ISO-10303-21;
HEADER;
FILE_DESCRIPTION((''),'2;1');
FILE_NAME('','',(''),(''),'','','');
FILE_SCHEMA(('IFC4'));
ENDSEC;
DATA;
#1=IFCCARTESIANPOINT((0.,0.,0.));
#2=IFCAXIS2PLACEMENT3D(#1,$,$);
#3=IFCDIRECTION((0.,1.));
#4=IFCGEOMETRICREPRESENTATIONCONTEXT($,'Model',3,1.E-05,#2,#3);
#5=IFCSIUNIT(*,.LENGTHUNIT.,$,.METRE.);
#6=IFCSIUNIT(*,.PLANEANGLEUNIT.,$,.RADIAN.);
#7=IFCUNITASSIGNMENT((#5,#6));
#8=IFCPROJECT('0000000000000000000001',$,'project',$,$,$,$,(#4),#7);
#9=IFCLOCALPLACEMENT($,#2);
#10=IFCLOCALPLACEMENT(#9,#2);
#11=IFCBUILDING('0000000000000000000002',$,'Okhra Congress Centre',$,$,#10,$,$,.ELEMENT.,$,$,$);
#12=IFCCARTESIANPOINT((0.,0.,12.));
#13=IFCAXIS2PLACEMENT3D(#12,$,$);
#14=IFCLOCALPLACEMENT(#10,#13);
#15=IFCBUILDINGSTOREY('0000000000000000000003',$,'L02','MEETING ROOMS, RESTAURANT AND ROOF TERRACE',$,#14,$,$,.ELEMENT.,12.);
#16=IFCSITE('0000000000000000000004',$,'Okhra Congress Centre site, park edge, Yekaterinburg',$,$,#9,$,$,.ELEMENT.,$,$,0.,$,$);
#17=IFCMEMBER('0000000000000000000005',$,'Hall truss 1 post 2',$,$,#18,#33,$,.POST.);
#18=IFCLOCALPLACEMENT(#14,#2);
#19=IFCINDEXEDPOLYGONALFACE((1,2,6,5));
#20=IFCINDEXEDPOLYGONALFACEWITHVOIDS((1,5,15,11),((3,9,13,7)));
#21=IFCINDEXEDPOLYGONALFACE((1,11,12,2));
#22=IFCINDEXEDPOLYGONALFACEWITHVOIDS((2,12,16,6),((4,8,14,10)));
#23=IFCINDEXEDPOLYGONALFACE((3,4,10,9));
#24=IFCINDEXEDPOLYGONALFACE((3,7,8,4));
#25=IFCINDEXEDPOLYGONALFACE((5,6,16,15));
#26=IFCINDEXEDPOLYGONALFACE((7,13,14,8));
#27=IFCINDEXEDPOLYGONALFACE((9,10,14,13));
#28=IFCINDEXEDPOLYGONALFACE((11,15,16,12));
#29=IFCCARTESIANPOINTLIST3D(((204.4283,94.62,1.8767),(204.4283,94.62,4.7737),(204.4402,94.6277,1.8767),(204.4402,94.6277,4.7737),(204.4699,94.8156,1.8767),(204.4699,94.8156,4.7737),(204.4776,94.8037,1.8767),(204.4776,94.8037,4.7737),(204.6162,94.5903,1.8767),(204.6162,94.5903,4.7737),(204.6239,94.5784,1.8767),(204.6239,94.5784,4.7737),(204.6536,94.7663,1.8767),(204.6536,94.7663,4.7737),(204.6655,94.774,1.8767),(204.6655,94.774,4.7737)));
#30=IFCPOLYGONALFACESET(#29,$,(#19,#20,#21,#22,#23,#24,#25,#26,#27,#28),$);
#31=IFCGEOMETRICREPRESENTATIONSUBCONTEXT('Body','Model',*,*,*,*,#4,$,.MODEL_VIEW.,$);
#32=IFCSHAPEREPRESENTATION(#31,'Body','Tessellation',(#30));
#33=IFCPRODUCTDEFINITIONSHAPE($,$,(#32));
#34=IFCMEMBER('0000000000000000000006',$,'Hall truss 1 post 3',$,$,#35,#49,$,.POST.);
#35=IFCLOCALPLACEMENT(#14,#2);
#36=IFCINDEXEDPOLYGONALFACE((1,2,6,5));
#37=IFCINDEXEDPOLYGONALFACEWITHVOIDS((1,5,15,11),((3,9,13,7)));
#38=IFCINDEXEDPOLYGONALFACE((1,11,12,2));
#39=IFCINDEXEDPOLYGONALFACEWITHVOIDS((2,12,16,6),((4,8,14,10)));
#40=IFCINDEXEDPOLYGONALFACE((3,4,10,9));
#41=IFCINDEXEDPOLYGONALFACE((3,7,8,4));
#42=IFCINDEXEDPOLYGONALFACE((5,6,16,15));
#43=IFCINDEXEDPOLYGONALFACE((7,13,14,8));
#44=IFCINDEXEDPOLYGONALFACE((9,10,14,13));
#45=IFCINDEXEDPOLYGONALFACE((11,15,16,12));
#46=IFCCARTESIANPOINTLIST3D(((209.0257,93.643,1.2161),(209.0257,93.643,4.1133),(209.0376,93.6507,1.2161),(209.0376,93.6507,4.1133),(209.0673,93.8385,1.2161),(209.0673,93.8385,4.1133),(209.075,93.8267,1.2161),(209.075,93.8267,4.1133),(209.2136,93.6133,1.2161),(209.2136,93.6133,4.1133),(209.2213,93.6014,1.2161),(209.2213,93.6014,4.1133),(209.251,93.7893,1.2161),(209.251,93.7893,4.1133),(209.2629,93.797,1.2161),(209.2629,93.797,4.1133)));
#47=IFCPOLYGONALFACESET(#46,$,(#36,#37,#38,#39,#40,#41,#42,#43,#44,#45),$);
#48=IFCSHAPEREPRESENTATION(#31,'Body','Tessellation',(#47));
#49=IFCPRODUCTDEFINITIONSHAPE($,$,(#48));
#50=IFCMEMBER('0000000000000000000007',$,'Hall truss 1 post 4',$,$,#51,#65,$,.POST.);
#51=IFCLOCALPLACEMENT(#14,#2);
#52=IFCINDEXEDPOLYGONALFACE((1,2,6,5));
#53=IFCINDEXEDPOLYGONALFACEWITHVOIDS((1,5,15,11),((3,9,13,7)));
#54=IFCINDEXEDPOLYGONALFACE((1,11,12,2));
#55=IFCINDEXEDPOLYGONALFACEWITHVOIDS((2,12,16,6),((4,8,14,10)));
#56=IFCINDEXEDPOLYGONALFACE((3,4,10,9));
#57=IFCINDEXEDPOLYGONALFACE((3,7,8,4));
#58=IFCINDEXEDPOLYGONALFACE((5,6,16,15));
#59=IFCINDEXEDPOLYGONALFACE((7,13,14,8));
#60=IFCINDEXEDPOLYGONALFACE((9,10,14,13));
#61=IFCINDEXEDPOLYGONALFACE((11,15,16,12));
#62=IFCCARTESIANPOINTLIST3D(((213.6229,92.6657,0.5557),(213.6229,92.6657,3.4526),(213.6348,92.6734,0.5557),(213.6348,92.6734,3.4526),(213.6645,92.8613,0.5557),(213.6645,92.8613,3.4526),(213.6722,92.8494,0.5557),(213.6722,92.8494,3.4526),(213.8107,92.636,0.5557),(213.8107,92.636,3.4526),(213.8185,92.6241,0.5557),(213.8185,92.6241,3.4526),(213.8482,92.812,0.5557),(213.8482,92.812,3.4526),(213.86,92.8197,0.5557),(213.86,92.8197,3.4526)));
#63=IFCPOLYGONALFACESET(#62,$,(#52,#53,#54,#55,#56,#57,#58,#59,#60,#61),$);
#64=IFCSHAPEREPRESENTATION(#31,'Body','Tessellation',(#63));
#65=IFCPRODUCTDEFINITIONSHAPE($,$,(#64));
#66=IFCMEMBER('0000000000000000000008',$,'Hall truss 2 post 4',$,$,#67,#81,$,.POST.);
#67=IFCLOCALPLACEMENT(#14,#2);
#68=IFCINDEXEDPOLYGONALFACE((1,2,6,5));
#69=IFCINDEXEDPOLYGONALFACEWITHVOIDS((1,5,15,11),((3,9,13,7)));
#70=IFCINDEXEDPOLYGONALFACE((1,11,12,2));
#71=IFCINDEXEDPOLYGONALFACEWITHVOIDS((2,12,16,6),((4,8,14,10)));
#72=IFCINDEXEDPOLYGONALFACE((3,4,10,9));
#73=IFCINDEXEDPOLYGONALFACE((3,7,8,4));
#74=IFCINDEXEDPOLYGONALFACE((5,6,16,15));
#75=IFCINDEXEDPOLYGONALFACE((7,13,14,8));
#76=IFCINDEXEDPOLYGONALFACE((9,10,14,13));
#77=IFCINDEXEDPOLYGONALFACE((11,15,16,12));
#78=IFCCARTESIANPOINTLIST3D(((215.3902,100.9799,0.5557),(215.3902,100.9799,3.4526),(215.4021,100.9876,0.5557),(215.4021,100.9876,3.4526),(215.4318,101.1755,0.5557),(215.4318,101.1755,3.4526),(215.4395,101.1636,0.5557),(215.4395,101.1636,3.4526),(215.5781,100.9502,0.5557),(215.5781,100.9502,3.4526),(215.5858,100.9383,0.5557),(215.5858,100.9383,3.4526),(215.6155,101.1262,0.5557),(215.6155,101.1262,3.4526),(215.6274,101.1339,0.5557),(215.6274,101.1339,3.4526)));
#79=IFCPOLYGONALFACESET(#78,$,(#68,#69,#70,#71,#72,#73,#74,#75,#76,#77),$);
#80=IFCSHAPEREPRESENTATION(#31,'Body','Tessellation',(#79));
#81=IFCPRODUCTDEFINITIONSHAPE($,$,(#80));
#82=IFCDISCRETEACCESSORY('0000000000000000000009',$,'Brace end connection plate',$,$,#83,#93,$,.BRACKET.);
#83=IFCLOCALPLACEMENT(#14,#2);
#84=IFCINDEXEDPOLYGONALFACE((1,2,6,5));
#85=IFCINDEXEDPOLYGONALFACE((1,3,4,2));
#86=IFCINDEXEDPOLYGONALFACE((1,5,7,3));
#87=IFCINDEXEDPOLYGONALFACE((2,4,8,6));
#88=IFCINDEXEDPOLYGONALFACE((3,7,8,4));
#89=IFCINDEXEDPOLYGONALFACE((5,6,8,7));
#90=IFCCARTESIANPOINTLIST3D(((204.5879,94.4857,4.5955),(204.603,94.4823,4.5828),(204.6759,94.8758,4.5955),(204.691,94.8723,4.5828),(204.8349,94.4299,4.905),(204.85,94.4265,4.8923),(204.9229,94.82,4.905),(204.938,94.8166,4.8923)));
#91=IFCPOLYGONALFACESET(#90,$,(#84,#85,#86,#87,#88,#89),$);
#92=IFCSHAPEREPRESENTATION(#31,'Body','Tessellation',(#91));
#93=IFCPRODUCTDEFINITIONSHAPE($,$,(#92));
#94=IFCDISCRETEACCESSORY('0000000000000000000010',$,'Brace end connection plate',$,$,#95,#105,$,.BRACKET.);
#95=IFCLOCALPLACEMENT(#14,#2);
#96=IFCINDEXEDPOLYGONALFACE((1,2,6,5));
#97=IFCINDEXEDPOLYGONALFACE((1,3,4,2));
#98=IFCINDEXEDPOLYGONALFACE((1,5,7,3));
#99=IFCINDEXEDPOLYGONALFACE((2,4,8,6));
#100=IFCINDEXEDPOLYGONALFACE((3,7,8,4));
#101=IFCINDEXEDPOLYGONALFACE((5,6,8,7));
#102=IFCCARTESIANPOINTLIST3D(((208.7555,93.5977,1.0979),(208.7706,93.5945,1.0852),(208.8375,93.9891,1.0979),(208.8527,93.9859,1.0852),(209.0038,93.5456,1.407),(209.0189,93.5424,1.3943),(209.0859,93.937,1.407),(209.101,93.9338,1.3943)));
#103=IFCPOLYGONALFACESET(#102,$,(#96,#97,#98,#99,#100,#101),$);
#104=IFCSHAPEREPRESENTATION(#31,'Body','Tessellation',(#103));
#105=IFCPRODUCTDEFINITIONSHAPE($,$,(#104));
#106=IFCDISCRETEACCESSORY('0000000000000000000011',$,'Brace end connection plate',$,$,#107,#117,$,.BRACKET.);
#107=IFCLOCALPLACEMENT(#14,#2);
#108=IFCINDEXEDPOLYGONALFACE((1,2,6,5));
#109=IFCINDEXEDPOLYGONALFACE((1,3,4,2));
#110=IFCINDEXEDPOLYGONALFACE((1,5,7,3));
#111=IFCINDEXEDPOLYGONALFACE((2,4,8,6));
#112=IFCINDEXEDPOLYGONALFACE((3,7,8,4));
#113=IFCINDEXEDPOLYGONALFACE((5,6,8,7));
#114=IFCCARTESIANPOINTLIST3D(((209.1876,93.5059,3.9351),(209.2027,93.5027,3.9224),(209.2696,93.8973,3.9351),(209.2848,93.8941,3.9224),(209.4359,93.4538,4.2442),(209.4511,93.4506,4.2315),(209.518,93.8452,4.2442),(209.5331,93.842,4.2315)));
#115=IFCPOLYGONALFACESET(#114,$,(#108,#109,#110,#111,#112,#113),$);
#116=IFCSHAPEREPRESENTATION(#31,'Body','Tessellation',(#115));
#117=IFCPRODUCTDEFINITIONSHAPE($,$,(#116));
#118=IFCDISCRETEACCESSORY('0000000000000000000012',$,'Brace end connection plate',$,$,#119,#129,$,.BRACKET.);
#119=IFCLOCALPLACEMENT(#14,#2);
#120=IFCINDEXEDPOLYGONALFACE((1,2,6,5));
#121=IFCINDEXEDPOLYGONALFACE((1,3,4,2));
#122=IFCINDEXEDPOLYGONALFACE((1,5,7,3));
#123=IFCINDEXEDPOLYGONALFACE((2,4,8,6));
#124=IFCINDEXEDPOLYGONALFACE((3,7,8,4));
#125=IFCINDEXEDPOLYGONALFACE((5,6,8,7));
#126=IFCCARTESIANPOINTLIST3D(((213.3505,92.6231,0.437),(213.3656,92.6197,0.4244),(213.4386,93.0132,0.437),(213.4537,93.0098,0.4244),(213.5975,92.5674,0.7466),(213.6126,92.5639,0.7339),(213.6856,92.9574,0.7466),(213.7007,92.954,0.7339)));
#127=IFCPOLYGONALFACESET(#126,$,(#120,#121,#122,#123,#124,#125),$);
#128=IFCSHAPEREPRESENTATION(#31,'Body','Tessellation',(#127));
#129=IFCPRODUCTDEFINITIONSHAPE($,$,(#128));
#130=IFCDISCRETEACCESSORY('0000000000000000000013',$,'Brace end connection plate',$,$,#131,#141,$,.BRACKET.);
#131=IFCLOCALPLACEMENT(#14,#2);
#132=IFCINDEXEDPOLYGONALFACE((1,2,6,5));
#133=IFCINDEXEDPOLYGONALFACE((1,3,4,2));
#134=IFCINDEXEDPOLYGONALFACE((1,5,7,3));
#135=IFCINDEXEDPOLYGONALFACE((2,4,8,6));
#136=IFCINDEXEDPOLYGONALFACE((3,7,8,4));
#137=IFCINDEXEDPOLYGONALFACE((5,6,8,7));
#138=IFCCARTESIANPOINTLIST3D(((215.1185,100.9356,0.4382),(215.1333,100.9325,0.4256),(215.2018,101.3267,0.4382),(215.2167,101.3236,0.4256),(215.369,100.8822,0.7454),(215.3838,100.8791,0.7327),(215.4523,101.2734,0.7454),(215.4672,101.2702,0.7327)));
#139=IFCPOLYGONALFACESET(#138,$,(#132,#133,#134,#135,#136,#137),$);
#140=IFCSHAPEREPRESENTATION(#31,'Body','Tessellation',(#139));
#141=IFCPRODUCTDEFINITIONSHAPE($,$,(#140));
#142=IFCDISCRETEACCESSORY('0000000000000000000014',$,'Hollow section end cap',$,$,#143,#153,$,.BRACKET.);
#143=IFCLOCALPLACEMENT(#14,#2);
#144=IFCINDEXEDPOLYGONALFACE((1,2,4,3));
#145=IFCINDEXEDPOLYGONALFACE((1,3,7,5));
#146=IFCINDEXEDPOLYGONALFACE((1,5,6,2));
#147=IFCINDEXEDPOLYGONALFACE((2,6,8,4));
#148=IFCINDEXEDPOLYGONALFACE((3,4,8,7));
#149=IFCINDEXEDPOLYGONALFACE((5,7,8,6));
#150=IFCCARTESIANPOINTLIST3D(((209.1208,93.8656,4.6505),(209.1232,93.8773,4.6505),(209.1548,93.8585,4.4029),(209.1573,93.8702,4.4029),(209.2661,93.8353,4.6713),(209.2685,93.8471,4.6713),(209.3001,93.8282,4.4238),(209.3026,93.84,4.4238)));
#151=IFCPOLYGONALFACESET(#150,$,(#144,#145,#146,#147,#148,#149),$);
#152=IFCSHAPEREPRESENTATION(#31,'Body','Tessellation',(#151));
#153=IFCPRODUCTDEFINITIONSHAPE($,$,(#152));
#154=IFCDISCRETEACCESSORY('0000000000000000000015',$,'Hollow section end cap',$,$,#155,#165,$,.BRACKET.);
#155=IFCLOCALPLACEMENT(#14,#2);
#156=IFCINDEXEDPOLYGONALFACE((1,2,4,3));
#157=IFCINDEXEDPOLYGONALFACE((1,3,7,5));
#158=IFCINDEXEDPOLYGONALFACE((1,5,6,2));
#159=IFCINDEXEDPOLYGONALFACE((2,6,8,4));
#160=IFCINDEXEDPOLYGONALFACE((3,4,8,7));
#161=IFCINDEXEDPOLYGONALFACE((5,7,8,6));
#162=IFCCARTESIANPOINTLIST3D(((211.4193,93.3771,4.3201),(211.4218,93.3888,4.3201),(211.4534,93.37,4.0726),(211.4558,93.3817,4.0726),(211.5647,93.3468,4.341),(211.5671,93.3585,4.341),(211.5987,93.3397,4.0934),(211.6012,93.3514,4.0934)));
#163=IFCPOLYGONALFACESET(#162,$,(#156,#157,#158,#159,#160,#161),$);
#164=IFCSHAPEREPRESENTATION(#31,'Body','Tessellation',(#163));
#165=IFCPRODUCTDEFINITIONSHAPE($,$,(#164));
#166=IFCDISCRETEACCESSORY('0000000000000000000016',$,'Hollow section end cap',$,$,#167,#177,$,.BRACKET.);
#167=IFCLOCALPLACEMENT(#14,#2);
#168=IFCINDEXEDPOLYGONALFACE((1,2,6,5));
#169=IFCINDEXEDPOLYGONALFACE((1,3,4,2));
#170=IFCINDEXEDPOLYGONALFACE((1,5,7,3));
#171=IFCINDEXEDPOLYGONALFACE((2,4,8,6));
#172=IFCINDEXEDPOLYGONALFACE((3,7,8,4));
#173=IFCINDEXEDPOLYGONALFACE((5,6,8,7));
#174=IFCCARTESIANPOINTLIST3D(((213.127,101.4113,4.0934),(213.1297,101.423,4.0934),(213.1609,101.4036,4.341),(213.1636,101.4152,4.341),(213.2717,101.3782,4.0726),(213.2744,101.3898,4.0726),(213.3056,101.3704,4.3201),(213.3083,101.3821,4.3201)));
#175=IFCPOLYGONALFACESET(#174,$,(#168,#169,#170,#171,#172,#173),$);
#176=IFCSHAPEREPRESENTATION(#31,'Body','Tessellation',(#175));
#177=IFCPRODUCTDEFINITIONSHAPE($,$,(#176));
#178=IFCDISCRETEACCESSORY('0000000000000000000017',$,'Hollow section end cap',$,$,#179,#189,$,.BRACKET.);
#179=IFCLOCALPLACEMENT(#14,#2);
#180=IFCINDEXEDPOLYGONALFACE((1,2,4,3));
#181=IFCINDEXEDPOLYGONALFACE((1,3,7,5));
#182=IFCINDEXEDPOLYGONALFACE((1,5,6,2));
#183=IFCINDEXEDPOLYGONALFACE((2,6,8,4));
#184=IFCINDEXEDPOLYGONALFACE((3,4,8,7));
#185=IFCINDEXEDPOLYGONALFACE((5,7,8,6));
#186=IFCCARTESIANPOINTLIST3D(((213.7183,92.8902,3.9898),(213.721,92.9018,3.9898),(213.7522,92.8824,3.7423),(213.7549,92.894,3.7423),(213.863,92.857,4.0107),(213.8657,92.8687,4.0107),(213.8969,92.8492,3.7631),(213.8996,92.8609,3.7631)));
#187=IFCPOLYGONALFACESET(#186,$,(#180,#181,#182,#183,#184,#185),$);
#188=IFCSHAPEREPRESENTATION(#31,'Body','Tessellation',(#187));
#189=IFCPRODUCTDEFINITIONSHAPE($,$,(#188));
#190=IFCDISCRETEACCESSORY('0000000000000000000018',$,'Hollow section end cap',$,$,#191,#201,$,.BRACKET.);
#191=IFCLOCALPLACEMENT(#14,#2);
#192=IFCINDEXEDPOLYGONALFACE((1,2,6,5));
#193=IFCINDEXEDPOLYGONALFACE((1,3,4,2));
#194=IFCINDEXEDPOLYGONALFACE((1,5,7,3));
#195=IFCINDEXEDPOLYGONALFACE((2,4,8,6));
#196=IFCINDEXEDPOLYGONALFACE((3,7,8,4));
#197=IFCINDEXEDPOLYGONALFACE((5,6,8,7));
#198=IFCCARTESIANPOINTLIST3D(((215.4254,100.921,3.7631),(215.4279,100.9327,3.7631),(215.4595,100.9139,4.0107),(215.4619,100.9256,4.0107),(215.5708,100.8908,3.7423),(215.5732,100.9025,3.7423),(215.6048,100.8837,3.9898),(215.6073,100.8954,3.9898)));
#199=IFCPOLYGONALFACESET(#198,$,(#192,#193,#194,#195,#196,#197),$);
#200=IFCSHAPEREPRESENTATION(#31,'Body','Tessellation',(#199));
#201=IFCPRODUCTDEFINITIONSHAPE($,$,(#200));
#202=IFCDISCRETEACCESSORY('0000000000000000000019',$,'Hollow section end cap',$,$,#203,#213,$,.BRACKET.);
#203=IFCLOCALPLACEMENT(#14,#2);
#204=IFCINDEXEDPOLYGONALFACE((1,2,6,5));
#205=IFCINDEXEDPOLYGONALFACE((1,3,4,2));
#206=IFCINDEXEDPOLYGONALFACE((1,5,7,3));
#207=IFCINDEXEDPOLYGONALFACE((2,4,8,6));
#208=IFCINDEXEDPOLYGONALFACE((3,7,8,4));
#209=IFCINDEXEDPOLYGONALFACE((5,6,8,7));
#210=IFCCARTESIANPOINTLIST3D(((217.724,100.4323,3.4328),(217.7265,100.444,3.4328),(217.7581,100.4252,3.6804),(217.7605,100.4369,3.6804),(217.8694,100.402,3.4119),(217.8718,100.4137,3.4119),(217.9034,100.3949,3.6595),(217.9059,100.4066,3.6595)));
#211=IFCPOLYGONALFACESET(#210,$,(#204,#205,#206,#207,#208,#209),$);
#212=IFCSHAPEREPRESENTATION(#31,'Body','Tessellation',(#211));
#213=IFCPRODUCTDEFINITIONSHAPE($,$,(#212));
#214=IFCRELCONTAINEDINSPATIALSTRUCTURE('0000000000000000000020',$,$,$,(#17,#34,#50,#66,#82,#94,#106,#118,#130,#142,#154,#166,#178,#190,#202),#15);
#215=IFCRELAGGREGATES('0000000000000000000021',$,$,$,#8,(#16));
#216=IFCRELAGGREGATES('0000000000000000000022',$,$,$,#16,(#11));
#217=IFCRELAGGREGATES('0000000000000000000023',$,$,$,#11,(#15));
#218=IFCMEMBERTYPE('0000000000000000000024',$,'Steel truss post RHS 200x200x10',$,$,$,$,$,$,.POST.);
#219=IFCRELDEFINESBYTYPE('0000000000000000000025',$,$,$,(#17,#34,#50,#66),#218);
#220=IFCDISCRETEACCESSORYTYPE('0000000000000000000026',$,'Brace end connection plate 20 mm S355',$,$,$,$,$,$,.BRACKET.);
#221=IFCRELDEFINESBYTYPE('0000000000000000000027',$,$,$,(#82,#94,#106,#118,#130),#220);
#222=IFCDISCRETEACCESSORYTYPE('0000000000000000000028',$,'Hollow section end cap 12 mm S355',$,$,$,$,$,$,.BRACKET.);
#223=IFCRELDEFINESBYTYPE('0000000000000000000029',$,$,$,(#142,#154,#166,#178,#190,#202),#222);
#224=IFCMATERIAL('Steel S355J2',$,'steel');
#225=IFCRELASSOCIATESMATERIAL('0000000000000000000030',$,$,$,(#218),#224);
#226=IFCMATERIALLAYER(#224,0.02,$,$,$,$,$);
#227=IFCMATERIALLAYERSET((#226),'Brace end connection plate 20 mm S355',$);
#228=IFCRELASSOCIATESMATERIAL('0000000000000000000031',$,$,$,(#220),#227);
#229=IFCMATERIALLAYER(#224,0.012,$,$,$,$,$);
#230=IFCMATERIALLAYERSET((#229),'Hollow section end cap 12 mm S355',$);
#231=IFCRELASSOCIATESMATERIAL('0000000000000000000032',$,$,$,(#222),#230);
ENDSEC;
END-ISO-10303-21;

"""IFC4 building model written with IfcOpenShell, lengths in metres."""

from ifc_helpers import new_model, si_unit, direction, frame, origin, origin_2d, place, context, subcontext, project, spatial, rectangle, hollow_rectangle, extrude, material, layer, layer_set, material_profile, profile_set, type_object, element, save


model = new_model("IFC4")

# Units and contexts
model_context = context("Model", 3, precision=1e-05, world=origin(), true_north=direction((0.0, 1.0)))
body_context = subcontext(model_context, "Body", "Model", "MODEL_VIEW")
ifc_project = project(units=[si_unit("LENGTHUNIT", "METRE"), si_unit("PLANEANGLEUNIT", "RADIAN")], contexts=[model_context])

# Site, building, storey
site_placement = place(None, origin())
site = spatial("IfcSite", under=ifc_project, at=site_placement, Name="Okhra Congress Centre site, park edge, Yekaterinburg", CompositionType="ELEMENT", RefElevation=0.0)
building_placement = place(site_placement, origin())
building = spatial("IfcBuilding", under=site, at=building_placement, Name="Okhra Congress Centre", CompositionType="ELEMENT")
storey_placement = place(building_placement, frame((0.0, 0.0, 12.0)))
storey = spatial("IfcBuildingStorey", under=building, at=storey_placement, Name="L02", Description="MEETING ROOMS, RESTAURANT AND ROOF TERRACE", CompositionType="ELEMENT", Elevation=12.0)

# Members
ifc_material_1 = material(Name="Steel S355J2", Category="steel")
ifc_material_profile_1 = material_profile(ifc_material_1, hollow_rectangle(XDim=0.2, YDim=0.2, WallThickness=0.01, at=origin_2d()), Name="RHS 200x200x10")
ifc_profile_set_1 = profile_set([ifc_material_profile_1], Name="Steel S355J2")
member_type_1 = type_object("IfcMemberType", Name="Steel truss post RHS 200x200x10", PredefinedType="POST", material=ifc_profile_set_1)
member_1_placement = place(storey_placement, frame((204.5469, 94.697, 1.8767), z_axis=(0.0, 0.0, 1.0), x_axis=(0.978148, -0.207912, 0.0)))
element("IfcMember", 1, at=member_1_placement, inside=storey, type_object=member_type_1, Name="Hall truss 1 post 2", PredefinedType="POST", context=body_context, shape_type="SweptSolid", body=[
    extrude(hollow_rectangle(XDim=0.2, YDim=0.2, WallThickness=0.01, at=origin_2d()), origin(), (0.0, 0.0, 1.0), 2.897),
])
member_2_placement = place(storey_placement, frame((209.1443, 93.72, 1.2161), z_axis=(0.0, 0.0, 1.0), x_axis=(0.978148, -0.207912, 0.0)))
element("IfcMember", 2, at=member_2_placement, inside=storey, type_object=member_type_1, Name="Hall truss 1 post 3", PredefinedType="POST", context=body_context, shape_type="SweptSolid", body=[
    extrude(hollow_rectangle(XDim=0.2, YDim=0.2, WallThickness=0.01, at=origin_2d()), origin(), (0.0, 0.0, 1.0), 2.8972),
])
for number, where, z_axis, x_axis, name in (
    (3, (213.7415, 92.7427, 0.5557), (0.0, 0.0, 1.0), (0.978148, -0.207912, 0.0), "Hall truss 1 post 4"),
    (4, (215.5088, 101.0569, 0.5557), (0.0, 0.0, 1.0), (0.978148, -0.207912, 0.0), "Hall truss 2 post 4"),
):
    element("IfcMember", number, at=place(storey_placement, frame(where, z_axis=z_axis, x_axis=x_axis)), inside=storey, type_object=member_type_1, Name=name, PredefinedType="POST", context=body_context, shape_type="SweptSolid", body=[
        extrude(hollow_rectangle(XDim=0.2, YDim=0.2, WallThickness=0.01, at=origin_2d()), origin(), (0.0, 0.0, 1.0), 2.897),
    ])

# Discrete accessories
ifc_layer_1 = layer(ifc_material_1, 0.02)
ifc_layer_set_1 = layer_set([ifc_layer_1], Name="Brace end connection plate 20 mm S355")
discrete_accessory_type_1 = type_object("IfcDiscreteAccessoryType", Name="Brace end connection plate 20 mm S355", PredefinedType="BRACKET", material=ifc_layer_set_1)
for number, where, z_axis, x_axis, name in (
    (5, (204.7705, 94.6494, 4.7375), (-0.754976, 0.170478, 0.633205), (-0.220261, -0.975441, 0.0), "Brace end connection plate"),
    (6, (208.9207, 93.7673, 1.2524), (0.756491, -0.158619, -0.634477), (0.205215, 0.978717, 0.0), "Brace end connection plate"),
    (7, (209.3679, 93.6724, 4.0769), (-0.756491, 0.158619, 0.634477), (-0.205215, -0.978717, 0.0), "Brace end connection plate"),
    (8, (213.5181, 92.7903, 0.5918), (0.754976, -0.170478, -0.633205), (0.220261, 0.975441, 0.0), "Brace end connection plate"),
):
    element("IfcDiscreteAccessory", number, at=place(storey_placement, frame(where, z_axis=z_axis, x_axis=x_axis)), inside=storey, type_object=discrete_accessory_type_1, Name=name, PredefinedType="BRACKET", context=body_context, shape_type="SweptSolid", body=[
        extrude(rectangle(XDim=0.3999, YDim=0.3999, at=origin_2d()), origin(), (0.0, 0.0, 1.0), 0.02),
    ])
discrete_accessory_1_placement = place(storey_placement, frame((215.2854, 101.1045, 0.5918), z_axis=(0.7512, -0.160092, -0.640367), x_axis=(0.208434, 0.978036, 0.0)))
element("IfcDiscreteAccessory", 9, at=discrete_accessory_1_placement, inside=storey, type_object=discrete_accessory_type_1, Name="Brace end connection plate", PredefinedType="BRACKET", context=body_context, shape_type="SweptSolid", body=[
    extrude(rectangle(XDim=0.3999, YDim=0.3999, at=origin_2d()), origin(), (0.0, 0.0, 1.0), 0.0198),
])
ifc_layer_2 = layer(ifc_material_1, 0.012)
ifc_layer_set_2 = layer_set([ifc_layer_2], Name="Hollow section end cap 12 mm S355")
discrete_accessory_type_2 = type_object("IfcDiscreteAccessoryType", Name="Hollow section end cap 12 mm S355", PredefinedType="BRACKET", material=ifc_layer_set_2)
for number, where, z_axis, x_axis, name in (
    (10, (209.2129, 93.8586, 4.5371), (-0.203954, -0.97898, 0.0), (0.969453, -0.201969, 0.139173), "Hollow section end cap"),
    (11, (211.5115, 93.3701, 4.2068), (-0.203954, -0.97898, 0.0), (0.969453, -0.201969, 0.139173), "Hollow section end cap"),
    (12, (213.2163, 101.3909, 4.2068), (0.223376, 0.974732, 0.0), (-0.965246, 0.221202, 0.139173), "Hollow section end cap"),
    (13, (213.8103, 92.8813, 3.8765), (-0.223376, -0.974732, 0.0), (0.965246, -0.221202, 0.139173), "Hollow section end cap"),
    (14, (215.5151, 100.9023, 3.8765), (0.203954, 0.97898, 0.0), (-0.969453, 0.201969, 0.139173), "Hollow section end cap"),
    (15, (217.8137, 100.4136, 3.5461), (0.203954, 0.97898, 0.0), (-0.969453, 0.201969, 0.139173), "Hollow section end cap"),
):
    element("IfcDiscreteAccessory", number, at=place(storey_placement, frame(where, z_axis=z_axis, x_axis=x_axis)), inside=storey, type_object=discrete_accessory_type_2, Name=name, PredefinedType="BRACKET", context=body_context, shape_type="SweptSolid", body=[
        extrude(rectangle(XDim=0.1499, YDim=0.25, at=origin_2d()), origin(), (0.0, 0.0, 1.0), 0.012),
    ])

save(model, "model.ifc")
